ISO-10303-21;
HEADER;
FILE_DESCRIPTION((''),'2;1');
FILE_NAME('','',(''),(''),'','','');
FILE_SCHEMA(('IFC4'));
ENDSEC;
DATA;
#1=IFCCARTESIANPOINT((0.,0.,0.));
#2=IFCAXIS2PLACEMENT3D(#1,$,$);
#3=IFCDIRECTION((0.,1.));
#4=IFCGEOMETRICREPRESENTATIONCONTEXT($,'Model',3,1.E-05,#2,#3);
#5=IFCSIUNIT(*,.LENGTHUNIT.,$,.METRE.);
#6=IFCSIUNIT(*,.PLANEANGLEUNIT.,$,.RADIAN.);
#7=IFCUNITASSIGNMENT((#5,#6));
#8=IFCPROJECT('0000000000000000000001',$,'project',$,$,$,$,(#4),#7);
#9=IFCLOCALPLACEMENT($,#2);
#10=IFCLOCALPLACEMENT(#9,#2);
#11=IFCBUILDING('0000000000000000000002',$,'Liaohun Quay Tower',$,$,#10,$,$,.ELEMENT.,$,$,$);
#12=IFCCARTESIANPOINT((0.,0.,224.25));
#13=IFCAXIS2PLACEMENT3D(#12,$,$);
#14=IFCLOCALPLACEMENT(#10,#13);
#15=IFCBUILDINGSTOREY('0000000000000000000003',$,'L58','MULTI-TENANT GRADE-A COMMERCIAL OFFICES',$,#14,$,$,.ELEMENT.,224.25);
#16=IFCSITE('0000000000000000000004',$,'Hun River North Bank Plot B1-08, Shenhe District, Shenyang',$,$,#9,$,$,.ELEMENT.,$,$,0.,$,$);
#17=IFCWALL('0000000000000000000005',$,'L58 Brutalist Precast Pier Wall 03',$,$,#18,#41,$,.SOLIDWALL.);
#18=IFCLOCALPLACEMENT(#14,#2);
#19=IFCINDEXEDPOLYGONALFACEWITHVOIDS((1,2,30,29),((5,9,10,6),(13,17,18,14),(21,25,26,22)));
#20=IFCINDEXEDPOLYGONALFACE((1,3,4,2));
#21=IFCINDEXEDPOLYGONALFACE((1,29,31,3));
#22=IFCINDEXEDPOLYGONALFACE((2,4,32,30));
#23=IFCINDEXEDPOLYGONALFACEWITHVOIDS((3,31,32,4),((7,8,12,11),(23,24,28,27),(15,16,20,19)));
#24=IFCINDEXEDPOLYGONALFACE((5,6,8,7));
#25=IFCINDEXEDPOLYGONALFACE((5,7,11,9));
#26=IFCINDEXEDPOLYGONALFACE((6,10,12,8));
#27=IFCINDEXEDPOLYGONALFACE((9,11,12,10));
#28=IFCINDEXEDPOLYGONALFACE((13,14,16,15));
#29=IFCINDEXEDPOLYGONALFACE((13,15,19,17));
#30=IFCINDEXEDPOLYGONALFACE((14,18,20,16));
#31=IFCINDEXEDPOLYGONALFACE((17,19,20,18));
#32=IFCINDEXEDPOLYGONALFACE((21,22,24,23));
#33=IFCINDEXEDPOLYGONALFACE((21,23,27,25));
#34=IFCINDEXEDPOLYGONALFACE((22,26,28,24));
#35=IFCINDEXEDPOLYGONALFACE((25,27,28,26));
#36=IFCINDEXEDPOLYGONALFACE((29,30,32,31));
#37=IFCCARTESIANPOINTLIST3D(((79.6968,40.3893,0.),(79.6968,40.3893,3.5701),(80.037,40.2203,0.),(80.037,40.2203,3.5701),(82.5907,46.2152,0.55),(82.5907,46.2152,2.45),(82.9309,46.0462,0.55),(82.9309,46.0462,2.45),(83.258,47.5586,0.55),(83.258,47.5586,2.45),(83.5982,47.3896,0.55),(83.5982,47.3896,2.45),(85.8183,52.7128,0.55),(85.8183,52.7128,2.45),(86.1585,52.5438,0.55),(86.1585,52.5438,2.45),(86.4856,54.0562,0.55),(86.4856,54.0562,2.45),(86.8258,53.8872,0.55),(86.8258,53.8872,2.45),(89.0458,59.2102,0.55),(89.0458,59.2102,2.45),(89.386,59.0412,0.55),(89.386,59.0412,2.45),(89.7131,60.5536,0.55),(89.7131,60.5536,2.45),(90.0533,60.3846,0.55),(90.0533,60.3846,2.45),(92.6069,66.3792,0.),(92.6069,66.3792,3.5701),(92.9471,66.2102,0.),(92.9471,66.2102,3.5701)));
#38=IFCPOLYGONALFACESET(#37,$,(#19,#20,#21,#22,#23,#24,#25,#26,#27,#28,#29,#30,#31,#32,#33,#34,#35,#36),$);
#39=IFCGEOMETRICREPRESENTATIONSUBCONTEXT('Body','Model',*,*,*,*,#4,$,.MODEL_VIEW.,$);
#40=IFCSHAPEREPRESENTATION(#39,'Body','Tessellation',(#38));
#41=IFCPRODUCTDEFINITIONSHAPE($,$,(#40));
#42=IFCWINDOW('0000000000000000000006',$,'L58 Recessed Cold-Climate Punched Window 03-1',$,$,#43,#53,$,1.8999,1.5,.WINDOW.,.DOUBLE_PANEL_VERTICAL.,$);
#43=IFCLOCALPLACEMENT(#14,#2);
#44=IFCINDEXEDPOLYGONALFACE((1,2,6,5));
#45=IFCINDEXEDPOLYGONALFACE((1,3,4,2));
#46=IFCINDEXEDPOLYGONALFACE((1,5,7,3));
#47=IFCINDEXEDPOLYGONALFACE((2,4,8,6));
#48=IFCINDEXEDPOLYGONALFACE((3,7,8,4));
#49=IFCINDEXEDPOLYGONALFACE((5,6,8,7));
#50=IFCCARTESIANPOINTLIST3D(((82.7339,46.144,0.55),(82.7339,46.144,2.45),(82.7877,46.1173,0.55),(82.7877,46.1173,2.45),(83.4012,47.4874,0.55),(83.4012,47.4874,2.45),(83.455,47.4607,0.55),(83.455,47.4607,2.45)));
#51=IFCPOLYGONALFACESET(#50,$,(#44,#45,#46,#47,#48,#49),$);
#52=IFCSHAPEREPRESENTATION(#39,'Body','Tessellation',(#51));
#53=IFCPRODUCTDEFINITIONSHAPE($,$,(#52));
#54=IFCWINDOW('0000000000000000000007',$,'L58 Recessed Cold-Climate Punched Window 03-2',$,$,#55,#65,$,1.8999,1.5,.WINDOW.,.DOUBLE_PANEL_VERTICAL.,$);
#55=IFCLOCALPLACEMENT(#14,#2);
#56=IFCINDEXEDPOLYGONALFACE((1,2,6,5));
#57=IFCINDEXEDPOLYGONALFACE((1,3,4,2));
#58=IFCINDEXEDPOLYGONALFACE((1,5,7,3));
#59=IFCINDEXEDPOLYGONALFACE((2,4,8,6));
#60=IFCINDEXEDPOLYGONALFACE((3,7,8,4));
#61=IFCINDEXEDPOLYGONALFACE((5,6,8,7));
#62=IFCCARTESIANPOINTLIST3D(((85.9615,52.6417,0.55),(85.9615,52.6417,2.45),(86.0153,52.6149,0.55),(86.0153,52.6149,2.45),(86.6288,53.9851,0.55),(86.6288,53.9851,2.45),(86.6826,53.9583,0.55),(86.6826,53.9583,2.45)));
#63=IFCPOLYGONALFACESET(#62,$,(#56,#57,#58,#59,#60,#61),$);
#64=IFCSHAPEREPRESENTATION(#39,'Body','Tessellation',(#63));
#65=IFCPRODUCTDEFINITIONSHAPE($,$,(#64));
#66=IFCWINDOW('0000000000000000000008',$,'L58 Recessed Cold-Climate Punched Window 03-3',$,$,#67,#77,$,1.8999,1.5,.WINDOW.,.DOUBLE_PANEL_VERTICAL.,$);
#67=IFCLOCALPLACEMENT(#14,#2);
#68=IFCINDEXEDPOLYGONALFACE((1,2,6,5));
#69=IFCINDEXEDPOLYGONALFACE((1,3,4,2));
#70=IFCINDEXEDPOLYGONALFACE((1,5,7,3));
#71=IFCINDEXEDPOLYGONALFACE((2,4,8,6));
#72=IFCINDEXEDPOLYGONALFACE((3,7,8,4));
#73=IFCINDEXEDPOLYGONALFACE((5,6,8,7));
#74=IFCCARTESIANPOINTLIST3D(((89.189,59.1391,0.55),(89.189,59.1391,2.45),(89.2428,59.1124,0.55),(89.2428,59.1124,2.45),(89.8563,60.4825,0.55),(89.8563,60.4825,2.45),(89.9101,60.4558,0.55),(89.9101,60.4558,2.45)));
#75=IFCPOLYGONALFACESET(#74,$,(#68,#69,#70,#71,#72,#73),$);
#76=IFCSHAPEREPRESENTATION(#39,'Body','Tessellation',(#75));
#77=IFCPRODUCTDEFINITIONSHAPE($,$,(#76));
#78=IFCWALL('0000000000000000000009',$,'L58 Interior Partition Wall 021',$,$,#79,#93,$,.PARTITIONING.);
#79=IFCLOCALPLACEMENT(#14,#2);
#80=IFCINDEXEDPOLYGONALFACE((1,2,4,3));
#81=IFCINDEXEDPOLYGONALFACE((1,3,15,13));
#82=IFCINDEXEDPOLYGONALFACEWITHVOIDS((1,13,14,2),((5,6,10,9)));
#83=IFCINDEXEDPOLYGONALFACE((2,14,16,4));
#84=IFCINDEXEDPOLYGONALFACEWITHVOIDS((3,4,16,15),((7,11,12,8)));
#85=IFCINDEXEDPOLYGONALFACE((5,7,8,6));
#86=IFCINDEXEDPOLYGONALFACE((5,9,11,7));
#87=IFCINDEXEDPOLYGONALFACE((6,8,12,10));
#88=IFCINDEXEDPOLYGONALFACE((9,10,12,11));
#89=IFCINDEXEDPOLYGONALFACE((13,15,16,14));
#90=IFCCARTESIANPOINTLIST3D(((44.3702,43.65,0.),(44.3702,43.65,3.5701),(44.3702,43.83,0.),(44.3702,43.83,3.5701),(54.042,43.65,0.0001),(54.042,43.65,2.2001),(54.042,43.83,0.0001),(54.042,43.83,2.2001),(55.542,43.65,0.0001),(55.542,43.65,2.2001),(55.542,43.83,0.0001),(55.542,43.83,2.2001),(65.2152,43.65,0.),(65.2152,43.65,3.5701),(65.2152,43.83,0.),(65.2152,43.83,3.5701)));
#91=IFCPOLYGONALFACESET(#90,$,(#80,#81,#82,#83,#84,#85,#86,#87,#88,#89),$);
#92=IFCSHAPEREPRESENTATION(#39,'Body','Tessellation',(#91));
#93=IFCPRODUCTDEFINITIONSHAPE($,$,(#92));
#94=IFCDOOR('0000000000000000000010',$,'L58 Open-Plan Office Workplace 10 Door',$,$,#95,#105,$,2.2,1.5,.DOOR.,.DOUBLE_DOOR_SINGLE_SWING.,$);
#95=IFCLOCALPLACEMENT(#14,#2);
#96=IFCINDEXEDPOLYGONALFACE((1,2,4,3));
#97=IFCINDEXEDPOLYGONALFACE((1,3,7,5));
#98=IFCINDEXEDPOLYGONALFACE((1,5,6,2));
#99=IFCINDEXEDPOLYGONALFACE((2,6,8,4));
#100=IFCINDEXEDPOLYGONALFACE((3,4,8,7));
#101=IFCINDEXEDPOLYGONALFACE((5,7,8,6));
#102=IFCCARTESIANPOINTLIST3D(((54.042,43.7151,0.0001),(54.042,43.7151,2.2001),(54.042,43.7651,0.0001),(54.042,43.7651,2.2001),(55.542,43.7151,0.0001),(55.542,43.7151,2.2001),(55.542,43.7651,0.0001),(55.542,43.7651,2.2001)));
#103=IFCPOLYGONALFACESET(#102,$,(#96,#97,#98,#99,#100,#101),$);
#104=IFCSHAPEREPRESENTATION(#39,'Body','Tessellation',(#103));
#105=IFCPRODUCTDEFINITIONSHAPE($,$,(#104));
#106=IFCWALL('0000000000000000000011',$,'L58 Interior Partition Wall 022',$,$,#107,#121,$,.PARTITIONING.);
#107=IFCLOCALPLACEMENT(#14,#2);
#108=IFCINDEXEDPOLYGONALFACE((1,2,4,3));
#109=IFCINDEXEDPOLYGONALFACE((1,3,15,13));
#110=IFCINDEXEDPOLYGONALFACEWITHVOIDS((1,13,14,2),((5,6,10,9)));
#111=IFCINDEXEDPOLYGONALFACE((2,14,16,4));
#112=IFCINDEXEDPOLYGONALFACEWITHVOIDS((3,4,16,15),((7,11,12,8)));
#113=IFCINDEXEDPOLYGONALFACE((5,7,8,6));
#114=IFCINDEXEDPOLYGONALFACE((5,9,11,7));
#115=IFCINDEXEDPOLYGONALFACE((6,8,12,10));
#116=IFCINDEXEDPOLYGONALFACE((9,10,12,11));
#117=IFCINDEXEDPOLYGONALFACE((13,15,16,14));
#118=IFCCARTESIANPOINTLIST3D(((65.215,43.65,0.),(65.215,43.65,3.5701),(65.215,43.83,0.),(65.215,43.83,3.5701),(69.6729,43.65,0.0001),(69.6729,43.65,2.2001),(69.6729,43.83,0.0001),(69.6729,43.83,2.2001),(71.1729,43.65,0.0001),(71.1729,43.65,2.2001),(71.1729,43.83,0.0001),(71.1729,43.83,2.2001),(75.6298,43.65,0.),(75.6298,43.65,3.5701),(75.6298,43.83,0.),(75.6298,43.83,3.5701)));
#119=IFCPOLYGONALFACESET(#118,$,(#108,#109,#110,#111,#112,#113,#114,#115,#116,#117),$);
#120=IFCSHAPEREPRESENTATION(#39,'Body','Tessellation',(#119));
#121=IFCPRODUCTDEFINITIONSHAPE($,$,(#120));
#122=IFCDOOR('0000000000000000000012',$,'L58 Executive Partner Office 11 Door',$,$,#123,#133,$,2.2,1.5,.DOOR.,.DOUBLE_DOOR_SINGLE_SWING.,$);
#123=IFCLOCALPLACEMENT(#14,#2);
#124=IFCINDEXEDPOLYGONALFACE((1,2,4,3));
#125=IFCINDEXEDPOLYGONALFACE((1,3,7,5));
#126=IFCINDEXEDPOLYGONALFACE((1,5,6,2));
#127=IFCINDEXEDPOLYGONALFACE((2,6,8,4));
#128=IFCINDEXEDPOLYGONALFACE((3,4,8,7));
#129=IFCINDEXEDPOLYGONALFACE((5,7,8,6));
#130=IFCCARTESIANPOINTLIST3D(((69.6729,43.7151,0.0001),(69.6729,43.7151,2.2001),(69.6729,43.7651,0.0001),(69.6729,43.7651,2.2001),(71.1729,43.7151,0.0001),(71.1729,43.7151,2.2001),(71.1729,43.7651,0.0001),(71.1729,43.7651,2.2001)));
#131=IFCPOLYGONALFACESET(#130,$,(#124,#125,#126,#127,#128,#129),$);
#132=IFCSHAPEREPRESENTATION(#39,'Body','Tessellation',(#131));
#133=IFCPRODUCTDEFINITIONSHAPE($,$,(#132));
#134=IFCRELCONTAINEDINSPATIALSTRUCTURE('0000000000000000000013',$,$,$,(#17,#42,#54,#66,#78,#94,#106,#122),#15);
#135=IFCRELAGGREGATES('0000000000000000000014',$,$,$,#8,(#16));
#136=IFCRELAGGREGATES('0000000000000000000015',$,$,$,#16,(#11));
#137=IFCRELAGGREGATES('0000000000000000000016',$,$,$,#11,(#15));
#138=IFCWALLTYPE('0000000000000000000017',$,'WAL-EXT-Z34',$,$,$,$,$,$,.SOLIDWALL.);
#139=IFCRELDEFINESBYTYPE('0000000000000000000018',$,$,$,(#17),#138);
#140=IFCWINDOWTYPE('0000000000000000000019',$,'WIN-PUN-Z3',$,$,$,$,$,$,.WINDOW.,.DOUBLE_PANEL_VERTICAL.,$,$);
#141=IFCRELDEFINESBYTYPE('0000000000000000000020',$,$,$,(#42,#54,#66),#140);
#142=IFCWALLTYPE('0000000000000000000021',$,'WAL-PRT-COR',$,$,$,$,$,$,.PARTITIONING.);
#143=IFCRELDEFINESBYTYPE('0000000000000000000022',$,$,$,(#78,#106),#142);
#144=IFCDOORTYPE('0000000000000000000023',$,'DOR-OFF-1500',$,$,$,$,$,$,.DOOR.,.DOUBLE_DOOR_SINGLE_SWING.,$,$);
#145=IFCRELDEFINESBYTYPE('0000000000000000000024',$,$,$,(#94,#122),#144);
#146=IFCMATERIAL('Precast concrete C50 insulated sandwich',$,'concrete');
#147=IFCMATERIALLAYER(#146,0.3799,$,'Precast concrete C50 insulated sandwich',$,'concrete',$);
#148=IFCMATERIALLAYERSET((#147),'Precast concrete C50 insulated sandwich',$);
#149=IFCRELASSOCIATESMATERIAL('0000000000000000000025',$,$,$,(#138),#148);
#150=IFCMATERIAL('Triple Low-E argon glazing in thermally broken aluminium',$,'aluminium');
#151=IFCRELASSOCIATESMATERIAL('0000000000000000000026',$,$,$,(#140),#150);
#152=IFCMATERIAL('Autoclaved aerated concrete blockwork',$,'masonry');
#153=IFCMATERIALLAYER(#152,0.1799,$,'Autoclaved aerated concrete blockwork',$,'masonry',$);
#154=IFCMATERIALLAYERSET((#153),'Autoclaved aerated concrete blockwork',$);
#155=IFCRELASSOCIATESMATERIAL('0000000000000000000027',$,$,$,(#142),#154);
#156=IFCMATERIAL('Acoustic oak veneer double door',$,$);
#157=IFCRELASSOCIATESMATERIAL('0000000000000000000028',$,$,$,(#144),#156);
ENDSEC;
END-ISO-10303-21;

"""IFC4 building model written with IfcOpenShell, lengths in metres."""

from ifc_helpers import new_model, si_unit, direction, frame, frame_2d, origin, place, context, subcontext, project, spatial, rectangle, extrude, source, transform, mapped, material, layer, layer_set, type_object, element, fill, save


model = new_model("IFC4")

# Units and contexts
model_context = context("Model", 3, precision=1e-05, world=origin(), true_north=direction((0.0, 1.0)))
body_context = subcontext(model_context, "Body", "Model", "MODEL_VIEW")
ifc_project = project(units=[si_unit("LENGTHUNIT", "METRE"), si_unit("PLANEANGLEUNIT", "RADIAN")], contexts=[model_context])

# Site, building, storey
site_placement = place(None, origin())
site = spatial("IfcSite", under=ifc_project, at=site_placement, Name="Hun River North Bank Plot B1-08, Shenhe District, Shenyang", CompositionType="ELEMENT", RefElevation=0.0)
building_placement = place(site_placement, origin())
building = spatial("IfcBuilding", under=site, at=building_placement, Name="Liaohun Quay Tower", CompositionType="ELEMENT")
storey_placement = place(building_placement, frame((0.0, 0.0, 224.25)))
storey = spatial("IfcBuildingStorey", under=building, at=storey_placement, Name="L58", Description="MULTI-TENANT GRADE-A COMMERCIAL OFFICES", CompositionType="ELEMENT", Elevation=224.25)

# Shared definitions
ifc_material_1 = material(Name="Precast concrete C50 insulated sandwich", Category="concrete")
ifc_layer_1 = layer(ifc_material_1, 0.3799, Name="Precast concrete C50 insulated sandwich", Category="concrete")
ifc_layer_set_1 = layer_set([ifc_layer_1], Name="Precast concrete C50 insulated sandwich")
wall_type_1 = type_object("IfcWallType", Name="WAL-EXT-Z34", PredefinedType="SOLIDWALL", material=ifc_layer_set_1)

# Wall, openings, windows
shared_shape_1 = source(origin(), body_context, "Body", "SweptSolid", [
    extrude(rectangle(XDim=1.5, YDim=1.8999, at=frame_2d((0.75, 0.95))), frame((0.0, 0.2, 0.0), z_axis=(0.0, -1.0, 0.0), x_axis=(1.0, 0.0, 0.0)), (0.0, 0.0, 1.0), 0.3999),
])
ifc_material_2 = material(Name="Triple Low-E argon glazing in thermally broken aluminium", Category="aluminium")
window_type_1 = type_object("IfcWindowType", Name="WIN-PUN-Z3", PartitioningType="DOUBLE_PANEL_VERTICAL", PredefinedType="WINDOW", material=ifc_material_2)
shared_shape_2 = source(origin(), body_context, "Body", "SweptSolid", [
    extrude(rectangle(XDim=1.5, YDim=1.8999, at=frame_2d((0.75, 0.95))), frame((0.0, 0.03, 0.0), z_axis=(0.0, -1.0, 0.0), x_axis=(1.0, 0.0, 0.0)), (0.0, 0.0, 1.0), 0.0601),
])
wall_1_placement = place(storey_placement, frame((79.8669, 40.3049, 0.0), z_axis=(0.0, 0.0, 1.0), x_axis=(0.444873, 0.895594, 0.0)))
wall_1 = element("IfcWall", 1, at=wall_1_placement, inside=storey, type_object=wall_type_1, Name="L58 Brutalist Precast Pier Wall 03", PredefinedType="SOLIDWALL", context=body_context, shape_type="SweptSolid", body=[
    extrude(rectangle(XDim=29.0198, YDim=0.3799, at=frame_2d((14.5098, 0.0))), origin(), (0.0, 0.0, 1.0), 3.5701),
])
opening_1_placement = place(wall_1_placement, frame((6.5049, 0.0, 0.55)))
opening_1 = element("IfcOpeningElement", 2, at=opening_1_placement, cuts=wall_1, PredefinedType="OPENING", context=body_context, shape_type="MappedRepresentation", body=[
    mapped(shared_shape_1, transform((0.0, 0.0, 0.0), x_axis=(1.0, 0.0, 0.0), y_axis=(0.0, 1.0, 0.0), z_axis=(0.0, 0.0, 1.0), scale=1.0)),
])
opening_2_placement = place(wall_1_placement, frame((13.76, 0.0, 0.55)))
opening_2 = element("IfcOpeningElement", 3, at=opening_2_placement, cuts=wall_1, PredefinedType="OPENING", context=body_context, shape_type="MappedRepresentation", body=[
    mapped(shared_shape_1, transform((0.0, 0.0, 0.0), x_axis=(1.0, 0.0, 0.0), y_axis=(0.0, 1.0, 0.0), z_axis=(0.0, 0.0, 1.0), scale=1.0)),
])
opening_3_placement = place(wall_1_placement, frame((21.0149, 0.0, 0.55)))
opening_3 = element("IfcOpeningElement", 4, at=opening_3_placement, cuts=wall_1, PredefinedType="OPENING", context=body_context, shape_type="MappedRepresentation", body=[
    mapped(shared_shape_1, transform((0.0, 0.0, 0.0), x_axis=(1.0, 0.0, 0.0), y_axis=(0.0, 1.0, 0.0), z_axis=(0.0, 0.0, 1.0), scale=1.0)),
])
window_1_placement = place(opening_1_placement, origin())
window_1 = element("IfcWindow", 5, at=window_1_placement, inside=storey, type_object=window_type_1, Name="L58 Recessed Cold-Climate Punched Window 03-1", OverallHeight=1.8999, OverallWidth=1.5, PartitioningType="DOUBLE_PANEL_VERTICAL", PredefinedType="WINDOW", context=body_context, shape_type="MappedRepresentation", body=[
    mapped(shared_shape_2, transform((0.0, 0.0, 0.0), x_axis=(1.0, 0.0, 0.0), y_axis=(0.0, 1.0, 0.0), z_axis=(0.0, 0.0, 1.0), scale=1.0)),
])
fill(opening_1, window_1)
window_2_placement = place(opening_2_placement, origin())
window_2 = element("IfcWindow", 6, at=window_2_placement, inside=storey, type_object=window_type_1, Name="L58 Recessed Cold-Climate Punched Window 03-2", OverallHeight=1.8999, OverallWidth=1.5, PartitioningType="DOUBLE_PANEL_VERTICAL", PredefinedType="WINDOW", context=body_context, shape_type="MappedRepresentation", body=[
    mapped(shared_shape_2, transform((0.0, 0.0, 0.0), x_axis=(1.0, 0.0, 0.0), y_axis=(0.0, 1.0, 0.0), z_axis=(0.0, 0.0, 1.0), scale=1.0)),
])
fill(opening_2, window_2)
window_3_placement = place(opening_3_placement, origin())
window_3 = element("IfcWindow", 7, at=window_3_placement, inside=storey, type_object=window_type_1, Name="L58 Recessed Cold-Climate Punched Window 03-3", OverallHeight=1.8999, OverallWidth=1.5, PartitioningType="DOUBLE_PANEL_VERTICAL", PredefinedType="WINDOW", context=body_context, shape_type="MappedRepresentation", body=[
    mapped(shared_shape_2, transform((0.0, 0.0, 0.0), x_axis=(1.0, 0.0, 0.0), y_axis=(0.0, 1.0, 0.0), z_axis=(0.0, 0.0, 1.0), scale=1.0)),
])
fill(opening_3, window_3)

# Walls, openings, doors
ifc_material_3 = material(Name="Autoclaved aerated concrete blockwork", Category="masonry")
ifc_layer_2 = layer(ifc_material_3, 0.1799, Name="Autoclaved aerated concrete blockwork", Category="masonry")
ifc_layer_set_2 = layer_set([ifc_layer_2], Name="Autoclaved aerated concrete blockwork")
wall_type_2 = type_object("IfcWallType", Name="WAL-PRT-COR", PredefinedType="PARTITIONING", material=ifc_layer_set_2)
wall_2_placement = place(storey_placement, frame((65.2151, 43.74, 0.0), z_axis=(0.0, 0.0, 1.0), x_axis=(-1.0, 0.0, 0.0)))
wall_2 = element("IfcWall", 8, at=wall_2_placement, inside=storey, type_object=wall_type_2, Name="L58 Interior Partition Wall 021", PredefinedType="PARTITIONING", context=body_context, shape_type="SweptSolid", body=[
    extrude(rectangle(XDim=20.845, YDim=0.1799, at=frame_2d((10.4224, 0.0))), origin(), (0.0, 0.0, 1.0), 3.5701),
])
shared_shape_3 = source(origin(), body_context, "Body", "SweptSolid", [
    extrude(rectangle(XDim=1.5, YDim=2.2, at=frame_2d((0.75, 1.1001))), frame((0.0, 0.0999, 0.0), z_axis=(0.0, -1.0, 0.0), x_axis=(1.0, 0.0, 0.0)), (0.0, 0.0, 1.0), 0.2),
])
opening_4_placement = place(wall_2_placement, frame((9.6731, 0.0, 0.0)))
opening_4 = element("IfcOpeningElement", 9, at=opening_4_placement, cuts=wall_2, PredefinedType="OPENING", context=body_context, shape_type="MappedRepresentation", body=[
    mapped(shared_shape_3, transform((0.0, 0.0, 0.0), x_axis=(1.0, 0.0, 0.0), y_axis=(0.0, 1.0, 0.0), z_axis=(0.0, 0.0, 1.0), scale=1.0)),
])
ifc_material_4 = material(Name="Acoustic oak veneer double door")
door_type = type_object("IfcDoorType", Name="DOR-OFF-1500", OperationType="DOUBLE_DOOR_SINGLE_SWING", PredefinedType="DOOR", material=ifc_material_4)
shared_shape_4 = source(origin(), body_context, "Body", "SweptSolid", [
    extrude(rectangle(XDim=1.5, YDim=2.2, at=frame_2d((0.75, 1.1001))), frame((0.0, 0.0249, 0.0), z_axis=(0.0, -1.0, 0.0), x_axis=(1.0, 0.0, 0.0)), (0.0, 0.0, 1.0), 0.05),
])
door_1_placement = place(opening_4_placement, origin())
door_1 = element("IfcDoor", 10, at=door_1_placement, inside=storey, type_object=door_type, Name="L58 Open-Plan Office Workplace 10 Door", OperationType="DOUBLE_DOOR_SINGLE_SWING", OverallHeight=2.2, OverallWidth=1.5, PredefinedType="DOOR", context=body_context, shape_type="MappedRepresentation", body=[
    mapped(shared_shape_4, transform((0.0, 0.0, 0.0), x_axis=(1.0, 0.0, 0.0), y_axis=(0.0, 1.0, 0.0), z_axis=(0.0, 0.0, 1.0), scale=1.0)),
])
fill(opening_4, door_1)
wall_3_placement = place(storey_placement, frame((75.6299, 43.74, 0.0), z_axis=(0.0, 0.0, 1.0), x_axis=(-1.0, 0.0, 0.0)))
wall_3 = element("IfcWall", 11, at=wall_3_placement, inside=storey, type_object=wall_type_2, Name="L58 Interior Partition Wall 022", PredefinedType="PARTITIONING", context=body_context, shape_type="SweptSolid", body=[
    extrude(rectangle(XDim=10.4148, YDim=0.1799, at=frame_2d((5.2075, 0.0))), origin(), (0.0, 0.0, 1.0), 3.5701),
])
opening_5_placement = place(wall_3_placement, frame((4.457, 0.0, 0.0)))
opening_5 = element("IfcOpeningElement", 12, at=opening_5_placement, cuts=wall_3, PredefinedType="OPENING", context=body_context, shape_type="MappedRepresentation", body=[
    mapped(shared_shape_3, transform((0.0, 0.0, 0.0), x_axis=(1.0, 0.0, 0.0), y_axis=(0.0, 1.0, 0.0), z_axis=(0.0, 0.0, 1.0), scale=1.0)),
])
door_2_placement = place(opening_5_placement, origin())
door_2 = element("IfcDoor", 13, at=door_2_placement, inside=storey, type_object=door_type, Name="L58 Executive Partner Office 11 Door", OperationType="DOUBLE_DOOR_SINGLE_SWING", OverallHeight=2.2, OverallWidth=1.5, PredefinedType="DOOR", context=body_context, shape_type="MappedRepresentation", body=[
    mapped(shared_shape_4, transform((0.0, 0.0, 0.0), x_axis=(1.0, 0.0, 0.0), y_axis=(0.0, 1.0, 0.0), z_axis=(0.0, 0.0, 1.0), scale=1.0)),
])
fill(opening_5, door_2)

save(model, "model.ifc")
